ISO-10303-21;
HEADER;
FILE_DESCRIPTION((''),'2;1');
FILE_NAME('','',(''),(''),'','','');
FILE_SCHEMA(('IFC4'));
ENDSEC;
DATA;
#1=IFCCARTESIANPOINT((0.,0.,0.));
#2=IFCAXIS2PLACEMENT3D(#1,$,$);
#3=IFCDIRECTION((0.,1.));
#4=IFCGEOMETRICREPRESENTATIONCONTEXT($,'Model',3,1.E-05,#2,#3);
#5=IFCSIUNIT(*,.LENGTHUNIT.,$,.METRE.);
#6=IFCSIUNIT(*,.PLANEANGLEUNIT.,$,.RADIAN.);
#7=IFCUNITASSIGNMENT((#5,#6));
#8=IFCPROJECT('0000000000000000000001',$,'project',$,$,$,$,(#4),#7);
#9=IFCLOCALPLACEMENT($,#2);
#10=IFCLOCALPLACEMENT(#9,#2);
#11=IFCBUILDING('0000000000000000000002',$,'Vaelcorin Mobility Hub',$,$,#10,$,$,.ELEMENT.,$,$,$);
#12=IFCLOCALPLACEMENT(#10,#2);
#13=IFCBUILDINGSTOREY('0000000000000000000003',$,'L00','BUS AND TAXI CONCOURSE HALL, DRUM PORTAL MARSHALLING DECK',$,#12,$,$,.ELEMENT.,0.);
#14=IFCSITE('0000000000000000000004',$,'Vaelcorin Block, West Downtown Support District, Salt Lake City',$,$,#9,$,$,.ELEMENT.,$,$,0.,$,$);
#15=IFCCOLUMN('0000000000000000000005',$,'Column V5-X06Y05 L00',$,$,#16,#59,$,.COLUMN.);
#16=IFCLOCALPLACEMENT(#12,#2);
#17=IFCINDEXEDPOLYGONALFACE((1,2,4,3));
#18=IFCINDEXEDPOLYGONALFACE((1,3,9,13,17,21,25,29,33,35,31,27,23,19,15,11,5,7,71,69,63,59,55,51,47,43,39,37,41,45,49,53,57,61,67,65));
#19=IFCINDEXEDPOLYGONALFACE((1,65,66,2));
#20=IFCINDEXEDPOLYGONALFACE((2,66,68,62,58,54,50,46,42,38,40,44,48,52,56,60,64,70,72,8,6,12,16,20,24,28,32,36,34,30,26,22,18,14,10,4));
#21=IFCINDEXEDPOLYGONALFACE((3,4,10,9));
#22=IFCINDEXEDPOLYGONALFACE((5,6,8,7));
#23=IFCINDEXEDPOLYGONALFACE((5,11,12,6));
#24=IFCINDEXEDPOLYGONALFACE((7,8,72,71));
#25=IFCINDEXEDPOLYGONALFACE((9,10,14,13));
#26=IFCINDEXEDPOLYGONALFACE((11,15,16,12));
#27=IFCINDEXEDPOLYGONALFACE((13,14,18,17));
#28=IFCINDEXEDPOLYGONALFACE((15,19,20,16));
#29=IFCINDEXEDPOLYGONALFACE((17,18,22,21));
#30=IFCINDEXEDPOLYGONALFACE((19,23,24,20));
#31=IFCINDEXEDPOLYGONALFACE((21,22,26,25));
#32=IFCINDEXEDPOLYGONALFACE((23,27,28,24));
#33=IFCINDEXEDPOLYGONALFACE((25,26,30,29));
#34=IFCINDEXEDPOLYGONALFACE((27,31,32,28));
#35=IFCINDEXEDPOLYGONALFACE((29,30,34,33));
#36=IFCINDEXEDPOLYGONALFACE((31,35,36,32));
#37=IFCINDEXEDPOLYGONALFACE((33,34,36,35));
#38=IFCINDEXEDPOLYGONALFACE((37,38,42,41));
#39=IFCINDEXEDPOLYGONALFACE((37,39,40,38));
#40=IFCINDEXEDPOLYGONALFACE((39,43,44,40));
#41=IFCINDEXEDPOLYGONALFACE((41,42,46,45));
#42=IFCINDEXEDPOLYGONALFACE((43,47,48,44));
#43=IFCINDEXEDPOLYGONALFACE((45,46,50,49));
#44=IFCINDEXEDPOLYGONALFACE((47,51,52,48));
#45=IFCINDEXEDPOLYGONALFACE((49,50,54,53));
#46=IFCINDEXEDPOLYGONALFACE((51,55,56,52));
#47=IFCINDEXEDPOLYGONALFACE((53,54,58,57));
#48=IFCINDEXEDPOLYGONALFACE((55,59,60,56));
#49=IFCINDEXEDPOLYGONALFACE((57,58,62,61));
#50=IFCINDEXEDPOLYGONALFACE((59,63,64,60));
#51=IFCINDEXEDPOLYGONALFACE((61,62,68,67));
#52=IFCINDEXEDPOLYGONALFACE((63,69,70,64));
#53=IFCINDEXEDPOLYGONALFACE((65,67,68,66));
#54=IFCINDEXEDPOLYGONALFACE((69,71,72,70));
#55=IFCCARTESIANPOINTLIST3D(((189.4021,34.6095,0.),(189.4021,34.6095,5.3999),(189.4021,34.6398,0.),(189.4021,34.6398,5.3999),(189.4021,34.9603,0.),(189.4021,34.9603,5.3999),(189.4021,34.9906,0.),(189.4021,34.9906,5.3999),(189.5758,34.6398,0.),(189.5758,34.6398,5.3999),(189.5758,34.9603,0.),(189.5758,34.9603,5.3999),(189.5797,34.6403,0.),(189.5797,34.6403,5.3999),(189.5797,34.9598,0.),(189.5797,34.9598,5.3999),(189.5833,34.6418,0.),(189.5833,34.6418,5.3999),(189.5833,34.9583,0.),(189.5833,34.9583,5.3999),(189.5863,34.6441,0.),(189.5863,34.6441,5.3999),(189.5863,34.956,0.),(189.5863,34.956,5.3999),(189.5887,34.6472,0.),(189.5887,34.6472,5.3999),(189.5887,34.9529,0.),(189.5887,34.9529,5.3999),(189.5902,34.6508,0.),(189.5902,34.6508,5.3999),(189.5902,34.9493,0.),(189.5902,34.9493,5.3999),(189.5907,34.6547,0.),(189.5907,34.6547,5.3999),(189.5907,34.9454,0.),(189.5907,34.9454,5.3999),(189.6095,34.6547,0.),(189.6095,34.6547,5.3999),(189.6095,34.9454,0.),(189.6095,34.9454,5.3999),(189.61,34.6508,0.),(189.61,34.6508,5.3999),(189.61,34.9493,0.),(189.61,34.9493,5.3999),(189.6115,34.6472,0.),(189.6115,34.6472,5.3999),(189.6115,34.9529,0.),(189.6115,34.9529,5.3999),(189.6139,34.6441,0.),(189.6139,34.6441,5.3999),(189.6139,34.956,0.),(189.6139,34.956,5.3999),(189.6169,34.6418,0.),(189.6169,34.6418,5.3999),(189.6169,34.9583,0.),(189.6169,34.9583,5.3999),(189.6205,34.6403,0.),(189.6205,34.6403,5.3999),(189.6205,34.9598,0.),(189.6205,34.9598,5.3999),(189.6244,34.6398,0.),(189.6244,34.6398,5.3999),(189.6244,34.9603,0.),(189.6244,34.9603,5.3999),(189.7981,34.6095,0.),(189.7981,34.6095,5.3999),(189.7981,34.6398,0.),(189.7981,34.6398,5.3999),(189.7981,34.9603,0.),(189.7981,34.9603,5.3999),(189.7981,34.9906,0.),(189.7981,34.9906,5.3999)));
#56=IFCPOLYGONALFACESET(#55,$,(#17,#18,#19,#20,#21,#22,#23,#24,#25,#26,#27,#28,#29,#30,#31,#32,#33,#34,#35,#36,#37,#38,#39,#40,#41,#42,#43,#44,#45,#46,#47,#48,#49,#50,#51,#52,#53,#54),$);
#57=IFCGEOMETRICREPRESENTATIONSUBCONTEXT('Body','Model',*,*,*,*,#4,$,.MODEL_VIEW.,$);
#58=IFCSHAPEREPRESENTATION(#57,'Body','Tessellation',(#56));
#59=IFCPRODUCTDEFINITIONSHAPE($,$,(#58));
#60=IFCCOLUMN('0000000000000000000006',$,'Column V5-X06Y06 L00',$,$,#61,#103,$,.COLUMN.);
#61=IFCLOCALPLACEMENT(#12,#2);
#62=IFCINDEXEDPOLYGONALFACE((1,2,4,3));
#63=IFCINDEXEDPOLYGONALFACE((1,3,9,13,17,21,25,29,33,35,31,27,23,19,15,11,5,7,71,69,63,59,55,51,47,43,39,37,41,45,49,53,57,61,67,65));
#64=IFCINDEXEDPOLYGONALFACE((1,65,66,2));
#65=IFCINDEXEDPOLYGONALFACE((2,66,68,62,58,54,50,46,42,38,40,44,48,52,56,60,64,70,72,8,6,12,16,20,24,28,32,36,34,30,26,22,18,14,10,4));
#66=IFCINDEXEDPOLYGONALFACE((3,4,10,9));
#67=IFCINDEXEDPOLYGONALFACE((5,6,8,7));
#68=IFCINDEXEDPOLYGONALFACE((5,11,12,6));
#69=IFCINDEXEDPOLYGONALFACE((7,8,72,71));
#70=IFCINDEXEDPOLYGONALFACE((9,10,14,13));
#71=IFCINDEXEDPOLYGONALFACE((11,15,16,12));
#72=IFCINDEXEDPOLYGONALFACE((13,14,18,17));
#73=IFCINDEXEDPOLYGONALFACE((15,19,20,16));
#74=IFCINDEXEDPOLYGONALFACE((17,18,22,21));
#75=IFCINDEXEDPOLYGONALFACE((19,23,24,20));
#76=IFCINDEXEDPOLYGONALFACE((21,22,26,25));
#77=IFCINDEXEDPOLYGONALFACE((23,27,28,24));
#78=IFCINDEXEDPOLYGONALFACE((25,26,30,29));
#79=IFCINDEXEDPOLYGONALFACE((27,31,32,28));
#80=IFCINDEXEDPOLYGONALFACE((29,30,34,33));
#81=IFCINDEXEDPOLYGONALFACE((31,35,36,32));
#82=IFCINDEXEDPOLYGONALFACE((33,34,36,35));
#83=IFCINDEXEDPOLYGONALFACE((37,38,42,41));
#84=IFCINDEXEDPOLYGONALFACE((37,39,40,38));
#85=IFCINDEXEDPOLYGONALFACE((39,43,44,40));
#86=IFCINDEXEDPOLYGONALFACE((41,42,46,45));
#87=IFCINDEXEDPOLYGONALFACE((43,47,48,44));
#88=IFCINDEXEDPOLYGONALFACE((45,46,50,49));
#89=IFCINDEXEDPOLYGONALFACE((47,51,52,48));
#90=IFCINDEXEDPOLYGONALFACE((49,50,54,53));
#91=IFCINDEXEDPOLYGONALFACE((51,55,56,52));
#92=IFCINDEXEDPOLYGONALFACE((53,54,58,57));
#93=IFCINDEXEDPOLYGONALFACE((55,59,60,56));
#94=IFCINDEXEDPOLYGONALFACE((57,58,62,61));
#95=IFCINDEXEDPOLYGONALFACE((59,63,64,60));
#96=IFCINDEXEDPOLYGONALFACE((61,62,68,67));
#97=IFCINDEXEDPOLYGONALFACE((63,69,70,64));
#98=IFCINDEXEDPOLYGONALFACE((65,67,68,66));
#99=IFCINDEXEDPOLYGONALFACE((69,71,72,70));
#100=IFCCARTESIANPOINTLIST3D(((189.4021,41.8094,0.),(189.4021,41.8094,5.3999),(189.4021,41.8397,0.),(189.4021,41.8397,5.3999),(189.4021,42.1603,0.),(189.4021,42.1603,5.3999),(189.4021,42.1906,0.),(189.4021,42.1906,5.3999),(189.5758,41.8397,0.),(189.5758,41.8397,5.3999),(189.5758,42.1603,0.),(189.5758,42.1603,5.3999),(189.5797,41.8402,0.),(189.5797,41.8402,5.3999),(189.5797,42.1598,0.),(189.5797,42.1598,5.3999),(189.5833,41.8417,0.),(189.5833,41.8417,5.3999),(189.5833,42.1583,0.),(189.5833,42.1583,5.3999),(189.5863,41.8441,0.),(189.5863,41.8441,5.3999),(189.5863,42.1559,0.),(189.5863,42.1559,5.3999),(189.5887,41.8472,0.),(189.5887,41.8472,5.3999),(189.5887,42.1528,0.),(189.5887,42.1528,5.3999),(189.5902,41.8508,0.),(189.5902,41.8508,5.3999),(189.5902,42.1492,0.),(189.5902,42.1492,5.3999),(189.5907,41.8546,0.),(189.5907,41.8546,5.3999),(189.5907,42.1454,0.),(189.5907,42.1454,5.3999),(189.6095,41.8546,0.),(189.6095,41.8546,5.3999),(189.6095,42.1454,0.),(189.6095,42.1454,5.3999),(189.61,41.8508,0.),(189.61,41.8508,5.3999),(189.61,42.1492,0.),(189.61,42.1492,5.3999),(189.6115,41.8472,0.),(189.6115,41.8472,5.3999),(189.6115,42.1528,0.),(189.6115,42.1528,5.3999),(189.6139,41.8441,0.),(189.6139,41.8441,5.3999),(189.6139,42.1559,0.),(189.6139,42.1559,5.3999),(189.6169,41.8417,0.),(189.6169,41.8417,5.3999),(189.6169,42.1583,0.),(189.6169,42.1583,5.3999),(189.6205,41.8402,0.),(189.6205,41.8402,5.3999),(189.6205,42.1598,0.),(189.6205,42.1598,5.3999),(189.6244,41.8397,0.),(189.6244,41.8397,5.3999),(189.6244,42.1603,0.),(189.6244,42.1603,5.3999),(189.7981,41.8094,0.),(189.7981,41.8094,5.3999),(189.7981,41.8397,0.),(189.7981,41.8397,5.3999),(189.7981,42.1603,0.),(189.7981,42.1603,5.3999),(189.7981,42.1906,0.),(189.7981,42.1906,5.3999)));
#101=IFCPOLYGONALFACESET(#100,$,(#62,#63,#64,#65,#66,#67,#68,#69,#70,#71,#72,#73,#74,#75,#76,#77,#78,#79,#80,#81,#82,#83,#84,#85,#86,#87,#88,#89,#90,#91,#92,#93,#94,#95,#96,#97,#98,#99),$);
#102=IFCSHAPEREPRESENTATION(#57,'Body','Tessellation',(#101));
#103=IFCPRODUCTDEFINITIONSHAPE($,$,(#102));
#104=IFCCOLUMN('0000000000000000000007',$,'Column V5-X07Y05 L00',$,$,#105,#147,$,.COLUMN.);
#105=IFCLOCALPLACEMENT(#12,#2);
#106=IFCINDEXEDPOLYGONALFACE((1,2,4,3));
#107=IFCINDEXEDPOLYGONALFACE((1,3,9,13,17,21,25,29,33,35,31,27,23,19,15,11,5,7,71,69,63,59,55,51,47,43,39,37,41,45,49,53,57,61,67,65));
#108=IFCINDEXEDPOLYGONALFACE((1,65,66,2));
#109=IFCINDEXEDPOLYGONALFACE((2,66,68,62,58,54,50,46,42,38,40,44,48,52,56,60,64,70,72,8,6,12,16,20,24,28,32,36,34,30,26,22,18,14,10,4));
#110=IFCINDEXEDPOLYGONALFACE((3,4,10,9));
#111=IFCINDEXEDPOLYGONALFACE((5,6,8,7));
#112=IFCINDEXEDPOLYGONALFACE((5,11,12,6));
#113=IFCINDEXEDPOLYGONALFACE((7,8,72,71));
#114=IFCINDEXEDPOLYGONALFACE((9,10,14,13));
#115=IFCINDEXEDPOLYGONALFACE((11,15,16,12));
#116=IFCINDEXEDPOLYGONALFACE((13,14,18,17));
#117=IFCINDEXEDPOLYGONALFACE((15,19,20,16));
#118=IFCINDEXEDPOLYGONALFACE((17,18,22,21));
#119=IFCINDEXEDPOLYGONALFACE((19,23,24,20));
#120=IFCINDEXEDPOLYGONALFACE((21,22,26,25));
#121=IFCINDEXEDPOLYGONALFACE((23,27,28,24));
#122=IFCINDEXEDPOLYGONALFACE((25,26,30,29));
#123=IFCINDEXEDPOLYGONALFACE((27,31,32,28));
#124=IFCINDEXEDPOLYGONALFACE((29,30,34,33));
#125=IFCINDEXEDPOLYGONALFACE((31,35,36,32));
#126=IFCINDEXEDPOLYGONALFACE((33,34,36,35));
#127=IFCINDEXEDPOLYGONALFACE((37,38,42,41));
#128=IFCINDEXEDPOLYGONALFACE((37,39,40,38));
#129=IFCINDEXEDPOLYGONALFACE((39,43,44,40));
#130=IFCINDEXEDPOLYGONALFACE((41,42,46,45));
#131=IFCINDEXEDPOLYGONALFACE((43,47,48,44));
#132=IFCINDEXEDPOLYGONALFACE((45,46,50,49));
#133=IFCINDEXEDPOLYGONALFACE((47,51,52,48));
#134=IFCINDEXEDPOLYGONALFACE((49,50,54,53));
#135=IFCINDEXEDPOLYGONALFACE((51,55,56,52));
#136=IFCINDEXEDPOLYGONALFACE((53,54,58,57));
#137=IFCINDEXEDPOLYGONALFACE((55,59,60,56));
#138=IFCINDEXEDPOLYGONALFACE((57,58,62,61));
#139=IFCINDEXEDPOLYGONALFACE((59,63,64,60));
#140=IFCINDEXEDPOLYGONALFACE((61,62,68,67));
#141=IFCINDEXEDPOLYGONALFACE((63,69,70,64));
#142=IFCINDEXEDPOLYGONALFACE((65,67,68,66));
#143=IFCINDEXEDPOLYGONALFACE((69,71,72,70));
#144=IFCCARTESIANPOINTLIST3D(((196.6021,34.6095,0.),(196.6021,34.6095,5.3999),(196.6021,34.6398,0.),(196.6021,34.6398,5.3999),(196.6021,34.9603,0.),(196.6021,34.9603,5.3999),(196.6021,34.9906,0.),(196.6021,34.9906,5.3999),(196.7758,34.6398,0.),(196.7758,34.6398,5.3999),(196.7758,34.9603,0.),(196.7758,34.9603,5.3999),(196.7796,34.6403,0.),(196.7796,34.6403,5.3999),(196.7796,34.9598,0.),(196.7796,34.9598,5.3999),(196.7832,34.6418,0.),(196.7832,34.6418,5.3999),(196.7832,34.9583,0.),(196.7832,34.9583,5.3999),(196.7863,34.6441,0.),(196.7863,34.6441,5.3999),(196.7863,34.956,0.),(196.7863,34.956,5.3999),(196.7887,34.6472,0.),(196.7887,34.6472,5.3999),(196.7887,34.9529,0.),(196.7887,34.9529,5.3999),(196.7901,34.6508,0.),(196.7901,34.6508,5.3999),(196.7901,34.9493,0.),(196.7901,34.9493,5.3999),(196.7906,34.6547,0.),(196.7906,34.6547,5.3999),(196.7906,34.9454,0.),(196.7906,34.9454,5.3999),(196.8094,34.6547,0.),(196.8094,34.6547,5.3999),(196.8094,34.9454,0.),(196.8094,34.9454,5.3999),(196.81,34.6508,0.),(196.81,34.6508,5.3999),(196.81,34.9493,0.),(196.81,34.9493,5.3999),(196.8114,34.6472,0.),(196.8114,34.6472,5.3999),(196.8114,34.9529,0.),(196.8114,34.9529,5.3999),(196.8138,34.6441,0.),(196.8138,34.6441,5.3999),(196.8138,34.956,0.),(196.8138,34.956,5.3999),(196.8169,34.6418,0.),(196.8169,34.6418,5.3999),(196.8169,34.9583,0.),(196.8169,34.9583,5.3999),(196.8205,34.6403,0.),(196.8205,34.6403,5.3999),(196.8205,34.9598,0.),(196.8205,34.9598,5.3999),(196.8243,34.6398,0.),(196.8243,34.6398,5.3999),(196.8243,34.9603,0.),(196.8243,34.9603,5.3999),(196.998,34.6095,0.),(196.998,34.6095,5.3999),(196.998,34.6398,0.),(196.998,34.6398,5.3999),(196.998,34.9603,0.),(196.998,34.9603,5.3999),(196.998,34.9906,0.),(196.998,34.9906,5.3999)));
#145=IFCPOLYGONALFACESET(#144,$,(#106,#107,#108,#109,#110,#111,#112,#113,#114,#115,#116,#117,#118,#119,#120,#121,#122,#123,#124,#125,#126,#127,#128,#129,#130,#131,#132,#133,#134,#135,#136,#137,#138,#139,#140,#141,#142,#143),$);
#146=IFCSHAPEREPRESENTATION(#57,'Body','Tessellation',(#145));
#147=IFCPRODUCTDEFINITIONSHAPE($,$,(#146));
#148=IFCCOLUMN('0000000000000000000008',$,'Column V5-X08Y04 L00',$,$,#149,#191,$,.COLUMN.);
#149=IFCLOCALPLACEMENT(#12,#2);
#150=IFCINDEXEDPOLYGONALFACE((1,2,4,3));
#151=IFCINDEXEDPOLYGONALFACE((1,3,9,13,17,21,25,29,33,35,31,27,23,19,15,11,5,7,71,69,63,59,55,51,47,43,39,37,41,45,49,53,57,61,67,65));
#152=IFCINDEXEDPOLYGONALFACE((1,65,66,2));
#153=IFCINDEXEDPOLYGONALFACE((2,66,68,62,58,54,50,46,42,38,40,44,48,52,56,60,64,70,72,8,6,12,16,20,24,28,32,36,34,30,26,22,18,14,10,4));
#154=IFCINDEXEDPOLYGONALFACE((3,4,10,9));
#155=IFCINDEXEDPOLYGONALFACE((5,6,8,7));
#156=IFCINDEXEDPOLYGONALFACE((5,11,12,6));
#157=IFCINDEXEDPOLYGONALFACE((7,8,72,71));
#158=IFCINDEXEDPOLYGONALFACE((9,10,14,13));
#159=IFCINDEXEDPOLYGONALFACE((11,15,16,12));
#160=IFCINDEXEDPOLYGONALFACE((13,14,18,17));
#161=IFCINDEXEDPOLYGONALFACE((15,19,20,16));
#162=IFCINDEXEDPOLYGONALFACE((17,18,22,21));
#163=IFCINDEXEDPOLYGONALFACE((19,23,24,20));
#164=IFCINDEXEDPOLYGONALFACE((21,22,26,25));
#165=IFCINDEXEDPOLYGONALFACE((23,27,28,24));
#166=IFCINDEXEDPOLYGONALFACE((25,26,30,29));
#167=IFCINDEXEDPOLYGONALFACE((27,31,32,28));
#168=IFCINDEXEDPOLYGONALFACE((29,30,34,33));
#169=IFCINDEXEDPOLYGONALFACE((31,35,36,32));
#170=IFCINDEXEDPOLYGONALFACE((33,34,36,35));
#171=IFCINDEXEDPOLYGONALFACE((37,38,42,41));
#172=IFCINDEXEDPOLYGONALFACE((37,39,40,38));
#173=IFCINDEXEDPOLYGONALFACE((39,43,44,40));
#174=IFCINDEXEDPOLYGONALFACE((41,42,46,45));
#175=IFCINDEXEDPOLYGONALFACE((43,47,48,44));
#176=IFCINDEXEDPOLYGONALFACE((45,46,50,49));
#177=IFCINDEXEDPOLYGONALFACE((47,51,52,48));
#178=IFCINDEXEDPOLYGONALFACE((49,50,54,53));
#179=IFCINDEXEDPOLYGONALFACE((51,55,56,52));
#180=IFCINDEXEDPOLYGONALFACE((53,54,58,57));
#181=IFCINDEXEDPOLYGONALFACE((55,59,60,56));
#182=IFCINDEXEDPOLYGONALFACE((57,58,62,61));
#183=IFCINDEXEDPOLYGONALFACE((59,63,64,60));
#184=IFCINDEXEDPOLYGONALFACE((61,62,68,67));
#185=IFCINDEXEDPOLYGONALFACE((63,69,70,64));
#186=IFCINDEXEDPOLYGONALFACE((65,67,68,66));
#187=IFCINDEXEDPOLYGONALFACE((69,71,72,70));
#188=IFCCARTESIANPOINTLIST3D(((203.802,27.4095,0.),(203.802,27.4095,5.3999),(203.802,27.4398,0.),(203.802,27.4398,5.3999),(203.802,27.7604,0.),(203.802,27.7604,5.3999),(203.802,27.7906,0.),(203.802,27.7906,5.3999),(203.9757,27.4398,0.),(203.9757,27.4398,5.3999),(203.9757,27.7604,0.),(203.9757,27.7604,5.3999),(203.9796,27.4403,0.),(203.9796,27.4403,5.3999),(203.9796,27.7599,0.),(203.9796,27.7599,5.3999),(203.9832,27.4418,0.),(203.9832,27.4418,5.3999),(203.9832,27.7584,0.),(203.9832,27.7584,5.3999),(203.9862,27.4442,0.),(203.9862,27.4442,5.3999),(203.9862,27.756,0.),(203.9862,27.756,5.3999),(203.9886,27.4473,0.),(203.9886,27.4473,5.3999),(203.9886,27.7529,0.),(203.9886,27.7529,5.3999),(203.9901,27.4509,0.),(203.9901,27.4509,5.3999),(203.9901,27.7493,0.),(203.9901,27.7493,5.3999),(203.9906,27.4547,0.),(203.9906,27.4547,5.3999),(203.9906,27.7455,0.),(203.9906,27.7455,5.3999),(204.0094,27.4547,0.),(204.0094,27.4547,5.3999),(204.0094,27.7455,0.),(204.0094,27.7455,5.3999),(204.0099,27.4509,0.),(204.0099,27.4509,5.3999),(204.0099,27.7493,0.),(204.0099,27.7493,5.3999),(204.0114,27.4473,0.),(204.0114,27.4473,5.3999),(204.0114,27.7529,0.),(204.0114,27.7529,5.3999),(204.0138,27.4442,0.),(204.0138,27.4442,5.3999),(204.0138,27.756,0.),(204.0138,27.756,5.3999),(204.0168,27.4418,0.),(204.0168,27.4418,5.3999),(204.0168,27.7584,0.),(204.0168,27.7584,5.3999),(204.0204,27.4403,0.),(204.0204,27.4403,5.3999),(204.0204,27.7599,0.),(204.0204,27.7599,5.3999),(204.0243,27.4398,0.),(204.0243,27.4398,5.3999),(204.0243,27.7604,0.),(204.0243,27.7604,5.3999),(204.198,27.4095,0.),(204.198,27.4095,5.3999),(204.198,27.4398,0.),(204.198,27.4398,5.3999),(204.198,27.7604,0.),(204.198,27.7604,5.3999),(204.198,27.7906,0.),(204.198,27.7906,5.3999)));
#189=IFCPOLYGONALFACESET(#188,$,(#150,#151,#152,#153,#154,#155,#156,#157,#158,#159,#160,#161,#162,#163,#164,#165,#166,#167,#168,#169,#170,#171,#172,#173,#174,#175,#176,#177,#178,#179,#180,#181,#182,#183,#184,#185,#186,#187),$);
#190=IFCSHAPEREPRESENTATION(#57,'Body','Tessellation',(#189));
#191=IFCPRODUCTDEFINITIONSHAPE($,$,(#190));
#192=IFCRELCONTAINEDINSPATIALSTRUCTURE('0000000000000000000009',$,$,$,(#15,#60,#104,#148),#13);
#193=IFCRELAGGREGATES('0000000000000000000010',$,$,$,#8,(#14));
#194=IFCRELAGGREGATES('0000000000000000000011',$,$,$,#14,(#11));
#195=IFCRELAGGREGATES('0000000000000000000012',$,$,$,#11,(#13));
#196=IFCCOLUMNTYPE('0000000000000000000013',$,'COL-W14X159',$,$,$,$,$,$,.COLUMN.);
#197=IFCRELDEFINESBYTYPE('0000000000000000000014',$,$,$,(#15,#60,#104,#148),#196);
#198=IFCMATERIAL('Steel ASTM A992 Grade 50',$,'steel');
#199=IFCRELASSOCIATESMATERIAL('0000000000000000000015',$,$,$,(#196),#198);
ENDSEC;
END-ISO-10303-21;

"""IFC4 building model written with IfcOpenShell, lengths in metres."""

from ifc_helpers import new_model, si_unit, direction, frame, origin, origin_2d, place, context, subcontext, project, spatial, i_section, extrude, material, material_profile, profile_set, type_object, element, save


model = new_model("IFC4")

# Units and contexts
model_context = context("Model", 3, precision=1e-05, world=origin(), true_north=direction((0.0, 1.0)))
body_context = subcontext(model_context, "Body", "Model", "MODEL_VIEW")
ifc_project = project(units=[si_unit("LENGTHUNIT", "METRE"), si_unit("PLANEANGLEUNIT", "RADIAN")], contexts=[model_context])

# Site, building, storey
site_placement = place(None, origin())
site = spatial("IfcSite", under=ifc_project, at=site_placement, Name="Vaelcorin Block, West Downtown Support District, Salt Lake City", CompositionType="ELEMENT", RefElevation=0.0)
building_placement = place(site_placement, origin())
building = spatial("IfcBuilding", under=site, at=building_placement, Name="Vaelcorin Mobility Hub", CompositionType="ELEMENT")
storey_placement = place(building_placement, origin())
storey = spatial("IfcBuildingStorey", under=building, at=storey_placement, Name="L00", Description="BUS AND TAXI CONCOURSE HALL, DRUM PORTAL MARSHALLING DECK", CompositionType="ELEMENT", Elevation=0.0)

# Columns
ifc_material_1 = material(Name="Steel ASTM A992 Grade 50", Category="steel")
ifc_material_profile_1 = material_profile(ifc_material_1, i_section(OverallWidth=0.396, OverallDepth=0.3811, WebThickness=0.0188, FlangeThickness=0.0303, FilletRadius=0.0149, at=origin_2d()), Name="W14X159")
ifc_profile_set_1 = profile_set([ifc_material_profile_1], Name="Steel ASTM A992 Grade 50")
column_type = type_object("IfcColumnType", Name="COL-W14X159", PredefinedType="COLUMN", material=ifc_profile_set_1)
for number, where, z_axis, x_axis, name in (
    (1, (189.6001, 34.8, 0.0), (0.0, 0.0, 1.0), (1.0, 0.0, 0.0), "Column V5-X06Y05 L00"),
    (2, (189.6001, 42.0, 0.0), (0.0, 0.0, 1.0), (1.0, 0.0, 0.0), "Column V5-X06Y06 L00"),
    (3, (196.8, 34.8, 0.0), (0.0, 0.0, 1.0), (1.0, 0.0, 0.0), "Column V5-X07Y05 L00"),
    (4, (204.0, 27.6001, 0.0), (0.0, 0.0, 1.0), (1.0, 0.0, 0.0), "Column V5-X08Y04 L00"),
):
    element("IfcColumn", number, at=place(storey_placement, frame(where, z_axis=z_axis, x_axis=x_axis)), inside=storey, type_object=column_type, Name=name, PredefinedType="COLUMN", context=body_context, shape_type="SweptSolid", body=[
        extrude(i_section(OverallWidth=0.396, OverallDepth=0.3811, WebThickness=0.0188, FlangeThickness=0.0303, FilletRadius=0.0149, at=origin_2d()), origin(), (0.0, 0.0, 1.0), 5.3999),
    ])

save(model, "model.ifc")
